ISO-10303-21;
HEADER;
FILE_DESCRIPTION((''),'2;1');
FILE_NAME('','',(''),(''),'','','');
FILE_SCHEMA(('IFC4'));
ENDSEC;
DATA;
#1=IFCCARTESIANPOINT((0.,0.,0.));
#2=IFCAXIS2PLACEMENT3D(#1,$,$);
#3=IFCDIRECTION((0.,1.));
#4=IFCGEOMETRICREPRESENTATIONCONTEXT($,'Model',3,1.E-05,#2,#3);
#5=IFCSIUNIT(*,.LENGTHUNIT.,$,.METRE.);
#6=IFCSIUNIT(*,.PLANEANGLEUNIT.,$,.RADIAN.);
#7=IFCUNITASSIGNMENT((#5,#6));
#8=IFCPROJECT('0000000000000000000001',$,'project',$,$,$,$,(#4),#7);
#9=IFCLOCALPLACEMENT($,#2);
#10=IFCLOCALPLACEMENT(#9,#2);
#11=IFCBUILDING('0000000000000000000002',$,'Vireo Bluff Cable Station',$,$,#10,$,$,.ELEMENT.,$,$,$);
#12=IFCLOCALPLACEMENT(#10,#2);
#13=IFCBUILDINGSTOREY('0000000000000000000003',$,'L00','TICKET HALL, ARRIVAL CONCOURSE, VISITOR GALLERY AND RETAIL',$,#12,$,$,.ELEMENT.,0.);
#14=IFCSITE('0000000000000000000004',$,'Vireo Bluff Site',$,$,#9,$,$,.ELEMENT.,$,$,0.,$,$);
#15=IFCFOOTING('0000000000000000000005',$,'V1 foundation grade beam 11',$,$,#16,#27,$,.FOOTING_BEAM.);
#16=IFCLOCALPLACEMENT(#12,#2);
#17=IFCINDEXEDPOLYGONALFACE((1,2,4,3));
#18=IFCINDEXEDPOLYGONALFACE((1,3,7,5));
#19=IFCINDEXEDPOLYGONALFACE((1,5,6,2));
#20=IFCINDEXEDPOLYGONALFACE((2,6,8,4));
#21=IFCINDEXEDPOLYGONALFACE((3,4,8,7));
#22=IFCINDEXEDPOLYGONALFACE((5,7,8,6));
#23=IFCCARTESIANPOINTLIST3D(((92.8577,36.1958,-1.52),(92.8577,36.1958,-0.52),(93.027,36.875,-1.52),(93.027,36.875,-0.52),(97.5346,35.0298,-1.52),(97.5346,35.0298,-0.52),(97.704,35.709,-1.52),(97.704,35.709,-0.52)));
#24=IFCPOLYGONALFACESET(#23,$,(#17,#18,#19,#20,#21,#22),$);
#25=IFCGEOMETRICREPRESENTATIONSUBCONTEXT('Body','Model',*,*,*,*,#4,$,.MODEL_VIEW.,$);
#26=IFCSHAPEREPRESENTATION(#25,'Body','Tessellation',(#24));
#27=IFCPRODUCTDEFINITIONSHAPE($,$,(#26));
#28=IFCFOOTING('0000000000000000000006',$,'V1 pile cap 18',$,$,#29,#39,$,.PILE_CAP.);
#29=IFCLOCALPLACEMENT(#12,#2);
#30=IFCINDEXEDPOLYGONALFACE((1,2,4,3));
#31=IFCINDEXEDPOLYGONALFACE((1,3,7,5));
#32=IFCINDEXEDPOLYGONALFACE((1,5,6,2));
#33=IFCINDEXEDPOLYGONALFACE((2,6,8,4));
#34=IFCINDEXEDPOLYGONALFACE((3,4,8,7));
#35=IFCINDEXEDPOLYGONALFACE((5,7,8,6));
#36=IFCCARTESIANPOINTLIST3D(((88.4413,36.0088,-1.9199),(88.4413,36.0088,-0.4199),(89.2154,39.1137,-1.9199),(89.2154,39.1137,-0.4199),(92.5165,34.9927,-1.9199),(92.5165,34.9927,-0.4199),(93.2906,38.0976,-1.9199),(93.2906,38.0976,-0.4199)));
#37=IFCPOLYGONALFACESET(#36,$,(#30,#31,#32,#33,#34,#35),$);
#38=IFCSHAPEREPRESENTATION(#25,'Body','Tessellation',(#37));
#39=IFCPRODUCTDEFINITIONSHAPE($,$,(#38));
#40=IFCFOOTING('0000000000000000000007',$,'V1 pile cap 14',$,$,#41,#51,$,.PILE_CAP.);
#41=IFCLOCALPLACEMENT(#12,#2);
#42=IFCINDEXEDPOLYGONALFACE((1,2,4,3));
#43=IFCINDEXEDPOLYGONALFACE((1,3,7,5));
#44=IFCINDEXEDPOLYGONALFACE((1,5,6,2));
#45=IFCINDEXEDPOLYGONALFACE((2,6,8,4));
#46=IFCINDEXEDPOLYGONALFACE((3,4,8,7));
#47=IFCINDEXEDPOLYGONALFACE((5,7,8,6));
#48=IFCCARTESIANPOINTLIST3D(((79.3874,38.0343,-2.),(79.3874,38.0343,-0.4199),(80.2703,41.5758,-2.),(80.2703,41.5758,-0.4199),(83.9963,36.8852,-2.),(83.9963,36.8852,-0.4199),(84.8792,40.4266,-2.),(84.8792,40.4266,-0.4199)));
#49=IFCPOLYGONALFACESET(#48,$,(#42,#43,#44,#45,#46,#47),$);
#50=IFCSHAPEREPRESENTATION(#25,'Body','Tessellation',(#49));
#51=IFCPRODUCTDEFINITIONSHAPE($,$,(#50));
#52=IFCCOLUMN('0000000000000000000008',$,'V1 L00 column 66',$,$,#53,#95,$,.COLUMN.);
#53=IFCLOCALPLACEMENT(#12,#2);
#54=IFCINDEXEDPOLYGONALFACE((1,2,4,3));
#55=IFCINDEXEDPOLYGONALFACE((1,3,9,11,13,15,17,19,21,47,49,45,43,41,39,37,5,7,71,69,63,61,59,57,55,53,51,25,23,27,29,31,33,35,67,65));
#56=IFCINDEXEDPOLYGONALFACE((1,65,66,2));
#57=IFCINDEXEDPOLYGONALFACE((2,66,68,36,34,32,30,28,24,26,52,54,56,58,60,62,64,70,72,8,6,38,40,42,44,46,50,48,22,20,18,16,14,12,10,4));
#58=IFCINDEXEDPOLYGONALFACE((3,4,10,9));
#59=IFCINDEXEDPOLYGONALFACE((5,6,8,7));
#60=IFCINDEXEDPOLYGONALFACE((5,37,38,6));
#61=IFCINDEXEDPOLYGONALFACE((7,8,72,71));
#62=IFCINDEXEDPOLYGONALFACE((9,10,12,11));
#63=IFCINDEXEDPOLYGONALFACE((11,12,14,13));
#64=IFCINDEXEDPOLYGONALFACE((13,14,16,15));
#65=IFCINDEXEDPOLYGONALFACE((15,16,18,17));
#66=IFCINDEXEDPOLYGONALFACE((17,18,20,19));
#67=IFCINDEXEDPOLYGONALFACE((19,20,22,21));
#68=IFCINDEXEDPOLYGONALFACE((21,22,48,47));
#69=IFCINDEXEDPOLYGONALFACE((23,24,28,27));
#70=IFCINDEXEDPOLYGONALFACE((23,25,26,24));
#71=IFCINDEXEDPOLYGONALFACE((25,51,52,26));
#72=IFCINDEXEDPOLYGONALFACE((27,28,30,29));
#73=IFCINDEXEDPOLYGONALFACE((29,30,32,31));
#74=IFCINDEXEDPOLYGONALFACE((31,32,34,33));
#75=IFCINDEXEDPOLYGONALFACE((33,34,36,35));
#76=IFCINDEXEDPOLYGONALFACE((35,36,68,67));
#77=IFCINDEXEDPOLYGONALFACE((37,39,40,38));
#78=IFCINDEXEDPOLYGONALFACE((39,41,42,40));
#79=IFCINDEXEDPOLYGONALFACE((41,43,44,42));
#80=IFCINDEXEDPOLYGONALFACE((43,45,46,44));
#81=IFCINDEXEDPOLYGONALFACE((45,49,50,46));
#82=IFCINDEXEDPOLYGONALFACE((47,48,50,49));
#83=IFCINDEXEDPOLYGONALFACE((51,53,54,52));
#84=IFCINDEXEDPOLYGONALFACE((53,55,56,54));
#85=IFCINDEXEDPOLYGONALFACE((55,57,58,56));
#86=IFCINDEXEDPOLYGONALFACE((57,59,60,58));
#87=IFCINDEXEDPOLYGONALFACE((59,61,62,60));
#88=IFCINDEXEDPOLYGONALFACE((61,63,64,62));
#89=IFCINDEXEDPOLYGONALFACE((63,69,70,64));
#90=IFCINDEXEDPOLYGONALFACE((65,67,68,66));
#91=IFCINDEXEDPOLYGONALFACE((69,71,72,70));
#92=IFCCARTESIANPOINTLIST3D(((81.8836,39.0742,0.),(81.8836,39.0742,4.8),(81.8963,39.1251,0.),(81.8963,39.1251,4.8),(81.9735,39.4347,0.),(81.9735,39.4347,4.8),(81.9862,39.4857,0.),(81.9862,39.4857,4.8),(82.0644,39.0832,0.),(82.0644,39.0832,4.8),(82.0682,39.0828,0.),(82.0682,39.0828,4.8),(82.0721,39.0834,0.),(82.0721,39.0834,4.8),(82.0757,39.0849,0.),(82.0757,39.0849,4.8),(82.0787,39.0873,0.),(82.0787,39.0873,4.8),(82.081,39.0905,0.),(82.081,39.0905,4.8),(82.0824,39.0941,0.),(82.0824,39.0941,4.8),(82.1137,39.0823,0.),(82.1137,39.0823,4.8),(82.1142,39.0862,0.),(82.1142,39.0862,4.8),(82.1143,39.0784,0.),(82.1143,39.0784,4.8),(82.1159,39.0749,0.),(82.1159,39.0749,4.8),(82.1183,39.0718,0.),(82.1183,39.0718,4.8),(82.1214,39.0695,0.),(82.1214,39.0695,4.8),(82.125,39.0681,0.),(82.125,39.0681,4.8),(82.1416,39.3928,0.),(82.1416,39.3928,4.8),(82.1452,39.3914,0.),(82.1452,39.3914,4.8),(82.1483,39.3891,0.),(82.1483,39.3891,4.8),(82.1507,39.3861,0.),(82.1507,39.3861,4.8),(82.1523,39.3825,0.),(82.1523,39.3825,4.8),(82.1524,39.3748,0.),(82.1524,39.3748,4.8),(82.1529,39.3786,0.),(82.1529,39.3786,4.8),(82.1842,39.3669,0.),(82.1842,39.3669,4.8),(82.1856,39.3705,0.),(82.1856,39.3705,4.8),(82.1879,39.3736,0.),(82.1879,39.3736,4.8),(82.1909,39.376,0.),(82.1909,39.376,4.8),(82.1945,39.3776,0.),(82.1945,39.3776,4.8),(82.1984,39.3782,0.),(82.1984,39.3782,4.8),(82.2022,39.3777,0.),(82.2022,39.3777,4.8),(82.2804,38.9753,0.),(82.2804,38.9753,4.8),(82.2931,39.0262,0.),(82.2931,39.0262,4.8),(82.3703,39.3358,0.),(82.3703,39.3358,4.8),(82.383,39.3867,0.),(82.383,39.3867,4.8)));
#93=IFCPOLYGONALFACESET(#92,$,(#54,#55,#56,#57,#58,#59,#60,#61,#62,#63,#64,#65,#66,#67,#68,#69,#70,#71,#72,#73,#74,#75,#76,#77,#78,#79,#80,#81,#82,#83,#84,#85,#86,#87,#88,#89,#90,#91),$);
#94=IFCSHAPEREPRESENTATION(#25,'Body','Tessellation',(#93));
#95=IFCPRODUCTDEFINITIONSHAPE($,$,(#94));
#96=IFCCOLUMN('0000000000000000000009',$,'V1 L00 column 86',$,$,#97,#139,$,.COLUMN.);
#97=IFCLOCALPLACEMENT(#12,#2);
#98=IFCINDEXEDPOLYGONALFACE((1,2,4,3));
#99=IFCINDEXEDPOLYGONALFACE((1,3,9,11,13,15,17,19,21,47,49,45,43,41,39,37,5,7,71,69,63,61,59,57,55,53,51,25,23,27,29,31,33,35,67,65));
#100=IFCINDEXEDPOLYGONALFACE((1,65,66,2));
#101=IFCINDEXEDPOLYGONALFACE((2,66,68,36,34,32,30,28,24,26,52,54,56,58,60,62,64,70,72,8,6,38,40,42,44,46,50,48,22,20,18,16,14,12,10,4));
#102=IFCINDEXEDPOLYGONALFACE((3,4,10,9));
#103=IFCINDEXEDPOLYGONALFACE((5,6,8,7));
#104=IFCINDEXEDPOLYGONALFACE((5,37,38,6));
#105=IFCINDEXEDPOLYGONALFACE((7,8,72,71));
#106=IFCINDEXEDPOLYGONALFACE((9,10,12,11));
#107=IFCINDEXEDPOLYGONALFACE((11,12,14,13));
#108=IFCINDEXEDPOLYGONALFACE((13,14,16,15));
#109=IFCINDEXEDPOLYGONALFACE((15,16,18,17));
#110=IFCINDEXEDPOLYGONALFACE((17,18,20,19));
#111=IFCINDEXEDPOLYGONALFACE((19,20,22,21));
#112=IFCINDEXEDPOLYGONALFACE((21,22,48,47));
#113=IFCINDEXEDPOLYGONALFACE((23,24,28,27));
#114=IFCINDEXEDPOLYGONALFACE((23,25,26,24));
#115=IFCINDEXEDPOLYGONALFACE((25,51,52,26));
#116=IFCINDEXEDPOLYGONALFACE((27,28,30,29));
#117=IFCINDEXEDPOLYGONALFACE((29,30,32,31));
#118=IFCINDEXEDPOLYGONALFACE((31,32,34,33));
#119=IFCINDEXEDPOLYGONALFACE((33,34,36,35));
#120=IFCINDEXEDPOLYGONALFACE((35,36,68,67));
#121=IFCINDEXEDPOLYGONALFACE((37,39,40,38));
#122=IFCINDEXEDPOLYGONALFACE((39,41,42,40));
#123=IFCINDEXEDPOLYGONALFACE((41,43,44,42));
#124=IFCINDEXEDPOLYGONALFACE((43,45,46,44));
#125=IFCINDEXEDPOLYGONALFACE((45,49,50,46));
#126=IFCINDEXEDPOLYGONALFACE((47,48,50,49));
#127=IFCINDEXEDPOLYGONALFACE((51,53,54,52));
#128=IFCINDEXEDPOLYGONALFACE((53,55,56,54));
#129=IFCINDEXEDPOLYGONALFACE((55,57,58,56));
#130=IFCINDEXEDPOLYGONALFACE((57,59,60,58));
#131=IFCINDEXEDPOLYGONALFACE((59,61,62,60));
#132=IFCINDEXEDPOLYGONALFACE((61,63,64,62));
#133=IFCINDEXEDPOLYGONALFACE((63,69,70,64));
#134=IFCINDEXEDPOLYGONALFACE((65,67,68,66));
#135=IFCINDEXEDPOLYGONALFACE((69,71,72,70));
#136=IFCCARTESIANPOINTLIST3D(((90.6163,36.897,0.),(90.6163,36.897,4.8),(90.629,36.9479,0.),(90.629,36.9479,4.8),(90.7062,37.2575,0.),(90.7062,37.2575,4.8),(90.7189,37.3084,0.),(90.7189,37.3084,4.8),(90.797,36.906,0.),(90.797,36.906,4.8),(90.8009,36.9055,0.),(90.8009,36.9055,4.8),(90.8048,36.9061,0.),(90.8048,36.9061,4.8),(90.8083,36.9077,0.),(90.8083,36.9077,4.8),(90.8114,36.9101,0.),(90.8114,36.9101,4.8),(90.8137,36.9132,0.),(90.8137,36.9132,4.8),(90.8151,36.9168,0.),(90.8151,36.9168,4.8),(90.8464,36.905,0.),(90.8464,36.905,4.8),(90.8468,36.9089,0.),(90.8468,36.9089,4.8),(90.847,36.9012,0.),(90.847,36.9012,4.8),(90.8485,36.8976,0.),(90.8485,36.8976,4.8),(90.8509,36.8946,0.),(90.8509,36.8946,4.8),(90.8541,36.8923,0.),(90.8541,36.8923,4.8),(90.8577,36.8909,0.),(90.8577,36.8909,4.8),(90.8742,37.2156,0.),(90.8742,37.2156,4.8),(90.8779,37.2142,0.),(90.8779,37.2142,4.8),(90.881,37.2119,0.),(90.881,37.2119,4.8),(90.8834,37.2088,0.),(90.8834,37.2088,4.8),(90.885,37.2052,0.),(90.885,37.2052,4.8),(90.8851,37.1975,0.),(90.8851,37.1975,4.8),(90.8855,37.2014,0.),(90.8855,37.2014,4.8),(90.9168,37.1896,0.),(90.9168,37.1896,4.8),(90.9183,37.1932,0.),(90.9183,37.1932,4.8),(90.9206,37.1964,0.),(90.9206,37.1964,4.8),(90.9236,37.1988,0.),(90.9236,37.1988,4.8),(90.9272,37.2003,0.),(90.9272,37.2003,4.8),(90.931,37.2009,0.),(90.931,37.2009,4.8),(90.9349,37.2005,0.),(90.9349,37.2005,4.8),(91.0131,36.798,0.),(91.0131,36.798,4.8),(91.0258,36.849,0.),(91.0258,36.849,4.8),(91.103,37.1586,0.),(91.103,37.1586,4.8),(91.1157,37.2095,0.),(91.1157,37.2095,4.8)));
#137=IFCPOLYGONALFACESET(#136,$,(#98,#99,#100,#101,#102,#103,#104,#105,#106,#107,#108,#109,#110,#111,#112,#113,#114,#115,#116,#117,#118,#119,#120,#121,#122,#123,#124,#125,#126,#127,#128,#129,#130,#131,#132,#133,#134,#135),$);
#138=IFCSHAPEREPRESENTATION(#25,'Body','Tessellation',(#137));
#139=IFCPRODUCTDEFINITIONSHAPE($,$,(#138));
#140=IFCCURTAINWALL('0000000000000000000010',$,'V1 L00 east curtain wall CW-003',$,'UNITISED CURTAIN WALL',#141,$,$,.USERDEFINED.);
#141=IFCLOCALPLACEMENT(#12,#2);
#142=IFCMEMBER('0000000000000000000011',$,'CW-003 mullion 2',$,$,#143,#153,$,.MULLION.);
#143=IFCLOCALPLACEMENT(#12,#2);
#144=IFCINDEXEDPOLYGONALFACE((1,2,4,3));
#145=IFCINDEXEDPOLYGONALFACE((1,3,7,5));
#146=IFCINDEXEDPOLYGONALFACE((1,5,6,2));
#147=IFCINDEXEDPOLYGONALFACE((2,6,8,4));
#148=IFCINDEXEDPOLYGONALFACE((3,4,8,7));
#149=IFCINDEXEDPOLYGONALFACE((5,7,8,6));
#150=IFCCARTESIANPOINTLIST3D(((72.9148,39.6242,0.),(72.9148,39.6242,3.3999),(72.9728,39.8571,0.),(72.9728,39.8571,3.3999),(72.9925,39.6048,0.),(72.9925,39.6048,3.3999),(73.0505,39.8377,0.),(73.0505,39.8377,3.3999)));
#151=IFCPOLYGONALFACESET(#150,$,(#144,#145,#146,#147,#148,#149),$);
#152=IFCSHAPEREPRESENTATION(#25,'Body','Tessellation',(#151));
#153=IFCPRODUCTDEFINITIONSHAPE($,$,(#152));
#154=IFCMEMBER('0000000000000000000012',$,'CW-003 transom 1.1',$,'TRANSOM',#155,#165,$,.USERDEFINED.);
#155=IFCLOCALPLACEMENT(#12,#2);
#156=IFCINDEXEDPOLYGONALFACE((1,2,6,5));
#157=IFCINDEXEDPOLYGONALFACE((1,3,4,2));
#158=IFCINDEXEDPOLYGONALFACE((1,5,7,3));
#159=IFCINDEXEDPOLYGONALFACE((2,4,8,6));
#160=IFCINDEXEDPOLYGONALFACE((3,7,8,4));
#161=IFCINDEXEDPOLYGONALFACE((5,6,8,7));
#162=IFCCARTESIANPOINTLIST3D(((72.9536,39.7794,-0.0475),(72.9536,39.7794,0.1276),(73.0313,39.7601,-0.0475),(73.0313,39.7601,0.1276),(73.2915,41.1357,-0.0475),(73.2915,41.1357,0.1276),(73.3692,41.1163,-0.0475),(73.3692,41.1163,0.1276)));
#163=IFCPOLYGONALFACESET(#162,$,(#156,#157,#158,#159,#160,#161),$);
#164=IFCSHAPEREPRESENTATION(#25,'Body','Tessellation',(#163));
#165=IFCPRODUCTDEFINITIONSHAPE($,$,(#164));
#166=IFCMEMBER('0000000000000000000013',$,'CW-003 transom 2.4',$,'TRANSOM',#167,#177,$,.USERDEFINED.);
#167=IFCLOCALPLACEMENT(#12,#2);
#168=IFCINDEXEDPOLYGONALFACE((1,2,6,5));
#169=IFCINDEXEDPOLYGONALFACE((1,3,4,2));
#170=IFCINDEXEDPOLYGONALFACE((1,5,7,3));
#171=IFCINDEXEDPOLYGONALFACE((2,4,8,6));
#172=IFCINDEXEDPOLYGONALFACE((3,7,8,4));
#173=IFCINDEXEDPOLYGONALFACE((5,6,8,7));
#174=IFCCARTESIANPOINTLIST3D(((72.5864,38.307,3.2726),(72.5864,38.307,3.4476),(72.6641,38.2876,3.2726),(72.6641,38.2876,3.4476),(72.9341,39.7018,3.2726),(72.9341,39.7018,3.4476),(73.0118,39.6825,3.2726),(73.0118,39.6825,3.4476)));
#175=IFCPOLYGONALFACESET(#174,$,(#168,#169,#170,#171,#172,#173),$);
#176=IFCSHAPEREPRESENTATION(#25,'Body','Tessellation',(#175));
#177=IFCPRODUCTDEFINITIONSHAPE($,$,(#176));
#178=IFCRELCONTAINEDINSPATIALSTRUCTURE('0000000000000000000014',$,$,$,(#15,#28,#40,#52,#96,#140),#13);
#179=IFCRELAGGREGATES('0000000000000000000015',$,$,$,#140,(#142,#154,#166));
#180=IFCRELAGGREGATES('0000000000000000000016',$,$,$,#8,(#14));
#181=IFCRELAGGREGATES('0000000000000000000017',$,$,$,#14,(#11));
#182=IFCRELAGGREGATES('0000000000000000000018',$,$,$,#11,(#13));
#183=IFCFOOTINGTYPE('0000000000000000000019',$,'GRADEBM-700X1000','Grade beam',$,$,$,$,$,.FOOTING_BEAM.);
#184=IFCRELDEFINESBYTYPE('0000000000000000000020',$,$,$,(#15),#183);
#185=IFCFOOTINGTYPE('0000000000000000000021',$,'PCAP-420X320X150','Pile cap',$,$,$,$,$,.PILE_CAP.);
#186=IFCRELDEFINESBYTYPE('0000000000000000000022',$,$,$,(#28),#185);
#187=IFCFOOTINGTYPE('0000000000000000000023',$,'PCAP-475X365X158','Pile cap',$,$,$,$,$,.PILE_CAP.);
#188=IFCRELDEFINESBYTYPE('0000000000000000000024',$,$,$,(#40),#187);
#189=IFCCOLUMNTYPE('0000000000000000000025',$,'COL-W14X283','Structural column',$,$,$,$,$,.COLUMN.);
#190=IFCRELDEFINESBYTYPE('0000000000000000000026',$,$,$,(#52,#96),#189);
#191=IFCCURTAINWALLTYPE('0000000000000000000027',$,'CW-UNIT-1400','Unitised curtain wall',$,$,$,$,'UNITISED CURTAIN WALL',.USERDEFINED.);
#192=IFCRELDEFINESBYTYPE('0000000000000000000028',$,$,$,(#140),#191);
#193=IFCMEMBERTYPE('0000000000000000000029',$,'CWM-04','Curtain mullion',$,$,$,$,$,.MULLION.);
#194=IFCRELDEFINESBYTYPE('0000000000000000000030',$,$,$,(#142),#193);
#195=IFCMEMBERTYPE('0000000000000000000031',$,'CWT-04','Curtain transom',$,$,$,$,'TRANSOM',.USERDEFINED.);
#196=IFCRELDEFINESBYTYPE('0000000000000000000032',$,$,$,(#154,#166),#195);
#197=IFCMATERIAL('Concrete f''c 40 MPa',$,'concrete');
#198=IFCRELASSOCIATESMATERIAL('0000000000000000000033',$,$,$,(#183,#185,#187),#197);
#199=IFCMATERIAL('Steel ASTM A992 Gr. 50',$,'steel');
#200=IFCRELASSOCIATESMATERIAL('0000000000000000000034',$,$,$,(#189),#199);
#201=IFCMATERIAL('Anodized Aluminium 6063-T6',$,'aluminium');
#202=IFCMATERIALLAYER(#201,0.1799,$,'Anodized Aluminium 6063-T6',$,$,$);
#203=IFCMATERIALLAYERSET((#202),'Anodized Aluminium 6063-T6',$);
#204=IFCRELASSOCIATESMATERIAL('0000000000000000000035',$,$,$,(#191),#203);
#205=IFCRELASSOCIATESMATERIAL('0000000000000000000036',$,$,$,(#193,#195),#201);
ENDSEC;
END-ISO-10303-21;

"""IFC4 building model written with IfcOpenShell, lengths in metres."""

from ifc_helpers import new_model, si_unit, direction, frame, origin, origin_2d, place, context, subcontext, project, spatial, rectangle, i_section, extrude, material, layer, layer_set, material_profile, profile_set, type_object, element, aggregate, save


model = new_model("IFC4")

# Units and contexts
model_context = context("Model", 3, precision=1e-05, world=origin(), true_north=direction((0.0, 1.0)))
body_context = subcontext(model_context, "Body", "Model", "MODEL_VIEW")
ifc_project = project(units=[si_unit("LENGTHUNIT", "METRE"), si_unit("PLANEANGLEUNIT", "RADIAN")], contexts=[model_context])

# Site, building, storey
site_placement = place(None, origin())
site = spatial("IfcSite", under=ifc_project, at=site_placement, Name="Vireo Bluff Site", CompositionType="ELEMENT", RefElevation=0.0)
building_placement = place(site_placement, origin())
building = spatial("IfcBuilding", under=site, at=building_placement, Name="Vireo Bluff Cable Station", CompositionType="ELEMENT")
storey_placement = place(building_placement, origin())
storey = spatial("IfcBuildingStorey", under=building, at=storey_placement, Name="L00", Description="TICKET HALL, ARRIVAL CONCOURSE, VISITOR GALLERY AND RETAIL", CompositionType="ELEMENT", Elevation=0.0)

# Footings
ifc_material_1 = material(Name="Concrete f'c 40 MPa", Category="concrete")
ifc_material_profile_1 = material_profile(ifc_material_1, rectangle(XDim=0.7, YDim=1.0, at=origin_2d()), Name="GRADEBM-700X1000")
ifc_profile_set_1 = profile_set([ifc_material_profile_1], Name="Concrete f'c 40 MPa")
footing_type_1 = type_object("IfcFootingType", Name="GRADEBM-700X1000", Description="Grade beam", PredefinedType="FOOTING_BEAM", material=ifc_profile_set_1)
footing_1_placement = place(storey_placement, frame((92.9424, 36.5354, -1.02), z_axis=(0.9703, -0.241904, 0.0), x_axis=(0.241904, 0.9703, 0.0)))
element("IfcFooting", 1, at=footing_1_placement, inside=storey, type_object=footing_type_1, Name="V1 foundation grade beam 11", PredefinedType="FOOTING_BEAM", context=body_context, shape_type="SweptSolid", body=[
    extrude(rectangle(XDim=0.7, YDim=1.0, at=origin_2d()), origin(), (0.0, 0.0, 1.0), 4.8201),
])
footing_type_2 = type_object("IfcFootingType", Name="PCAP-420X320X150", Description="Pile cap", PredefinedType="PILE_CAP", material=ifc_material_1)
footing_2_placement = place(storey_placement, frame((90.866, 37.0532, -1.9199), z_axis=(0.0, 0.0, 1.0), x_axis=(0.970296, -0.241922, 0.0)))
element("IfcFooting", 2, at=footing_2_placement, inside=storey, type_object=footing_type_2, Name="V1 pile cap 18", PredefinedType="PILE_CAP", context=body_context, shape_type="SweptSolid", body=[
    extrude(rectangle(XDim=4.2, YDim=3.2, at=origin_2d()), origin(), (0.0, 0.0, 1.0), 1.5),
])
footing_type_3 = type_object("IfcFootingType", Name="PCAP-475X365X158", Description="Pile cap", PredefinedType="PILE_CAP", material=ifc_material_1)
footing_3_placement = place(storey_placement, frame((82.1333, 39.2305, -2.0), z_axis=(0.0, 0.0, 1.0), x_axis=(0.970296, -0.241922, 0.0)))
element("IfcFooting", 3, at=footing_3_placement, inside=storey, type_object=footing_type_3, Name="V1 pile cap 14", PredefinedType="PILE_CAP", context=body_context, shape_type="SweptSolid", body=[
    extrude(rectangle(XDim=4.75, YDim=3.6499, at=origin_2d()), origin(), (0.0, 0.0, 1.0), 1.5801),
])

# Columns
ifc_material_2 = material(Name="Steel ASTM A992 Gr. 50", Category="steel")
ifc_material_profile_2 = material_profile(ifc_material_2, i_section(OverallWidth=0.4089, OverallDepth=0.4241, WebThickness=0.0327, FlangeThickness=0.0525, FilletRadius=0.0149, at=origin_2d()), Name="W14X283")
ifc_profile_set_2 = profile_set([ifc_material_profile_2], Name="Steel ASTM A992 Gr. 50")
column_type = type_object("IfcColumnType", Name="COL-W14X283", Description="Structural column", PredefinedType="COLUMN", material=ifc_profile_set_2)
for number, where, z_axis, x_axis, name in (
    (4, (82.1333, 39.2305, 0.0), (0.0, 0.0, 1.0), (0.970296, -0.241922, 0.0), "V1 L00 column 66"),
    (5, (90.866, 37.0532, 0.0), (0.0, 0.0, 1.0), (0.970296, -0.241922, 0.0), "V1 L00 column 86"),
):
    element("IfcColumn", number, at=place(storey_placement, frame(where, z_axis=z_axis, x_axis=x_axis)), inside=storey, type_object=column_type, Name=name, PredefinedType="COLUMN", context=body_context, shape_type="SweptSolid", body=[
        extrude(i_section(OverallWidth=0.4089, OverallDepth=0.4241, WebThickness=0.0327, FlangeThickness=0.0525, FilletRadius=0.0149, at=origin_2d()), origin(), (0.0, 0.0, 1.0), 4.8),
    ])

# Curtain wall, members
ifc_material_3 = material(Name="Anodized Aluminium 6063-T6", Category="aluminium")
ifc_layer_1 = layer(ifc_material_3, 0.1799, Name="Anodized Aluminium 6063-T6")
ifc_layer_set_1 = layer_set([ifc_layer_1], Name="Anodized Aluminium 6063-T6")
curtain_wall_type = type_object("IfcCurtainWallType", Name="CW-UNIT-1400", Description="Unitised curtain wall", ElementType="UNITISED CURTAIN WALL", PredefinedType="USERDEFINED", material=ifc_layer_set_1)
curtain_wall_placement = place(storey_placement, origin())
curtain_wall = element("IfcCurtainWall", 6, at=curtain_wall_placement, inside=storey, type_object=curtain_wall_type, Name="V1 L00 east curtain wall CW-003", ObjectType="UNITISED CURTAIN WALL", PredefinedType="USERDEFINED")
ifc_material_profile_3 = material_profile(ifc_material_3, rectangle(XDim=0.0801, YDim=0.24, at=origin_2d()), Name="ALU-M-80X240")
ifc_profile_set_3 = profile_set([ifc_material_profile_3], Name="Anodized Aluminium 6063-T6")
member_type_1 = type_object("IfcMemberType", Name="CWM-04", Description="Curtain mullion", PredefinedType="MULLION", material=ifc_profile_set_3)
member_1_placement = place(storey_placement, frame((72.9827, 39.731, 0.0), z_axis=(0.0, 0.0, 1.0), x_axis=(0.970296, -0.241922, 0.0)))
member_1 = element("IfcMember", 7, at=member_1_placement, type_object=member_type_1, Name="CW-003 mullion 2", PredefinedType="MULLION", context=body_context, shape_type="SweptSolid", body=[
    extrude(rectangle(XDim=0.0801, YDim=0.24, at=origin_2d()), origin(), (0.0, 0.0, 1.0), 3.3999),
])
ifc_material_profile_4 = material_profile(ifc_material_3, rectangle(XDim=0.0801, YDim=0.175, at=origin_2d()), Name="ALU-T-80X175")
ifc_profile_set_4 = profile_set([ifc_material_profile_4], Name="Anodized Aluminium 6063-T6")
member_type_2 = type_object("IfcMemberType", Name="CWT-04", Description="Curtain transom", ElementType="TRANSOM", PredefinedType="USERDEFINED", material=ifc_profile_set_4)
member_2_placement = place(storey_placement, frame((73.3303, 41.126, 0.04), z_axis=(-0.241755, -0.970337, 0.0), x_axis=(0.970337, -0.241755, 0.0)))
member_2 = element("IfcMember", 8, at=member_2_placement, type_object=member_type_2, Name="CW-003 transom 1.1", ObjectType="TRANSOM", PredefinedType="USERDEFINED", context=body_context, shape_type="SweptSolid", body=[
    extrude(rectangle(XDim=0.0801, YDim=0.175, at=origin_2d()), origin(), (0.0, 0.0, 1.0), 1.3977),
])
member_3_placement = place(storey_placement, frame((72.9729, 39.6921, 3.3601), z_axis=(-0.241856, -0.970312, 0.0), x_axis=(0.970312, -0.241856, 0.0)))
member_3 = element("IfcMember", 9, at=member_3_placement, type_object=member_type_2, Name="CW-003 transom 2.4", ObjectType="TRANSOM", PredefinedType="USERDEFINED", context=body_context, shape_type="SweptSolid", body=[
    extrude(rectangle(XDim=0.0801, YDim=0.175, at=origin_2d()), origin(), (0.0, 0.0, 1.0), 1.4375),
])

aggregate(curtain_wall, [member_1, member_2, member_3])

save(model, "model.ifc")
